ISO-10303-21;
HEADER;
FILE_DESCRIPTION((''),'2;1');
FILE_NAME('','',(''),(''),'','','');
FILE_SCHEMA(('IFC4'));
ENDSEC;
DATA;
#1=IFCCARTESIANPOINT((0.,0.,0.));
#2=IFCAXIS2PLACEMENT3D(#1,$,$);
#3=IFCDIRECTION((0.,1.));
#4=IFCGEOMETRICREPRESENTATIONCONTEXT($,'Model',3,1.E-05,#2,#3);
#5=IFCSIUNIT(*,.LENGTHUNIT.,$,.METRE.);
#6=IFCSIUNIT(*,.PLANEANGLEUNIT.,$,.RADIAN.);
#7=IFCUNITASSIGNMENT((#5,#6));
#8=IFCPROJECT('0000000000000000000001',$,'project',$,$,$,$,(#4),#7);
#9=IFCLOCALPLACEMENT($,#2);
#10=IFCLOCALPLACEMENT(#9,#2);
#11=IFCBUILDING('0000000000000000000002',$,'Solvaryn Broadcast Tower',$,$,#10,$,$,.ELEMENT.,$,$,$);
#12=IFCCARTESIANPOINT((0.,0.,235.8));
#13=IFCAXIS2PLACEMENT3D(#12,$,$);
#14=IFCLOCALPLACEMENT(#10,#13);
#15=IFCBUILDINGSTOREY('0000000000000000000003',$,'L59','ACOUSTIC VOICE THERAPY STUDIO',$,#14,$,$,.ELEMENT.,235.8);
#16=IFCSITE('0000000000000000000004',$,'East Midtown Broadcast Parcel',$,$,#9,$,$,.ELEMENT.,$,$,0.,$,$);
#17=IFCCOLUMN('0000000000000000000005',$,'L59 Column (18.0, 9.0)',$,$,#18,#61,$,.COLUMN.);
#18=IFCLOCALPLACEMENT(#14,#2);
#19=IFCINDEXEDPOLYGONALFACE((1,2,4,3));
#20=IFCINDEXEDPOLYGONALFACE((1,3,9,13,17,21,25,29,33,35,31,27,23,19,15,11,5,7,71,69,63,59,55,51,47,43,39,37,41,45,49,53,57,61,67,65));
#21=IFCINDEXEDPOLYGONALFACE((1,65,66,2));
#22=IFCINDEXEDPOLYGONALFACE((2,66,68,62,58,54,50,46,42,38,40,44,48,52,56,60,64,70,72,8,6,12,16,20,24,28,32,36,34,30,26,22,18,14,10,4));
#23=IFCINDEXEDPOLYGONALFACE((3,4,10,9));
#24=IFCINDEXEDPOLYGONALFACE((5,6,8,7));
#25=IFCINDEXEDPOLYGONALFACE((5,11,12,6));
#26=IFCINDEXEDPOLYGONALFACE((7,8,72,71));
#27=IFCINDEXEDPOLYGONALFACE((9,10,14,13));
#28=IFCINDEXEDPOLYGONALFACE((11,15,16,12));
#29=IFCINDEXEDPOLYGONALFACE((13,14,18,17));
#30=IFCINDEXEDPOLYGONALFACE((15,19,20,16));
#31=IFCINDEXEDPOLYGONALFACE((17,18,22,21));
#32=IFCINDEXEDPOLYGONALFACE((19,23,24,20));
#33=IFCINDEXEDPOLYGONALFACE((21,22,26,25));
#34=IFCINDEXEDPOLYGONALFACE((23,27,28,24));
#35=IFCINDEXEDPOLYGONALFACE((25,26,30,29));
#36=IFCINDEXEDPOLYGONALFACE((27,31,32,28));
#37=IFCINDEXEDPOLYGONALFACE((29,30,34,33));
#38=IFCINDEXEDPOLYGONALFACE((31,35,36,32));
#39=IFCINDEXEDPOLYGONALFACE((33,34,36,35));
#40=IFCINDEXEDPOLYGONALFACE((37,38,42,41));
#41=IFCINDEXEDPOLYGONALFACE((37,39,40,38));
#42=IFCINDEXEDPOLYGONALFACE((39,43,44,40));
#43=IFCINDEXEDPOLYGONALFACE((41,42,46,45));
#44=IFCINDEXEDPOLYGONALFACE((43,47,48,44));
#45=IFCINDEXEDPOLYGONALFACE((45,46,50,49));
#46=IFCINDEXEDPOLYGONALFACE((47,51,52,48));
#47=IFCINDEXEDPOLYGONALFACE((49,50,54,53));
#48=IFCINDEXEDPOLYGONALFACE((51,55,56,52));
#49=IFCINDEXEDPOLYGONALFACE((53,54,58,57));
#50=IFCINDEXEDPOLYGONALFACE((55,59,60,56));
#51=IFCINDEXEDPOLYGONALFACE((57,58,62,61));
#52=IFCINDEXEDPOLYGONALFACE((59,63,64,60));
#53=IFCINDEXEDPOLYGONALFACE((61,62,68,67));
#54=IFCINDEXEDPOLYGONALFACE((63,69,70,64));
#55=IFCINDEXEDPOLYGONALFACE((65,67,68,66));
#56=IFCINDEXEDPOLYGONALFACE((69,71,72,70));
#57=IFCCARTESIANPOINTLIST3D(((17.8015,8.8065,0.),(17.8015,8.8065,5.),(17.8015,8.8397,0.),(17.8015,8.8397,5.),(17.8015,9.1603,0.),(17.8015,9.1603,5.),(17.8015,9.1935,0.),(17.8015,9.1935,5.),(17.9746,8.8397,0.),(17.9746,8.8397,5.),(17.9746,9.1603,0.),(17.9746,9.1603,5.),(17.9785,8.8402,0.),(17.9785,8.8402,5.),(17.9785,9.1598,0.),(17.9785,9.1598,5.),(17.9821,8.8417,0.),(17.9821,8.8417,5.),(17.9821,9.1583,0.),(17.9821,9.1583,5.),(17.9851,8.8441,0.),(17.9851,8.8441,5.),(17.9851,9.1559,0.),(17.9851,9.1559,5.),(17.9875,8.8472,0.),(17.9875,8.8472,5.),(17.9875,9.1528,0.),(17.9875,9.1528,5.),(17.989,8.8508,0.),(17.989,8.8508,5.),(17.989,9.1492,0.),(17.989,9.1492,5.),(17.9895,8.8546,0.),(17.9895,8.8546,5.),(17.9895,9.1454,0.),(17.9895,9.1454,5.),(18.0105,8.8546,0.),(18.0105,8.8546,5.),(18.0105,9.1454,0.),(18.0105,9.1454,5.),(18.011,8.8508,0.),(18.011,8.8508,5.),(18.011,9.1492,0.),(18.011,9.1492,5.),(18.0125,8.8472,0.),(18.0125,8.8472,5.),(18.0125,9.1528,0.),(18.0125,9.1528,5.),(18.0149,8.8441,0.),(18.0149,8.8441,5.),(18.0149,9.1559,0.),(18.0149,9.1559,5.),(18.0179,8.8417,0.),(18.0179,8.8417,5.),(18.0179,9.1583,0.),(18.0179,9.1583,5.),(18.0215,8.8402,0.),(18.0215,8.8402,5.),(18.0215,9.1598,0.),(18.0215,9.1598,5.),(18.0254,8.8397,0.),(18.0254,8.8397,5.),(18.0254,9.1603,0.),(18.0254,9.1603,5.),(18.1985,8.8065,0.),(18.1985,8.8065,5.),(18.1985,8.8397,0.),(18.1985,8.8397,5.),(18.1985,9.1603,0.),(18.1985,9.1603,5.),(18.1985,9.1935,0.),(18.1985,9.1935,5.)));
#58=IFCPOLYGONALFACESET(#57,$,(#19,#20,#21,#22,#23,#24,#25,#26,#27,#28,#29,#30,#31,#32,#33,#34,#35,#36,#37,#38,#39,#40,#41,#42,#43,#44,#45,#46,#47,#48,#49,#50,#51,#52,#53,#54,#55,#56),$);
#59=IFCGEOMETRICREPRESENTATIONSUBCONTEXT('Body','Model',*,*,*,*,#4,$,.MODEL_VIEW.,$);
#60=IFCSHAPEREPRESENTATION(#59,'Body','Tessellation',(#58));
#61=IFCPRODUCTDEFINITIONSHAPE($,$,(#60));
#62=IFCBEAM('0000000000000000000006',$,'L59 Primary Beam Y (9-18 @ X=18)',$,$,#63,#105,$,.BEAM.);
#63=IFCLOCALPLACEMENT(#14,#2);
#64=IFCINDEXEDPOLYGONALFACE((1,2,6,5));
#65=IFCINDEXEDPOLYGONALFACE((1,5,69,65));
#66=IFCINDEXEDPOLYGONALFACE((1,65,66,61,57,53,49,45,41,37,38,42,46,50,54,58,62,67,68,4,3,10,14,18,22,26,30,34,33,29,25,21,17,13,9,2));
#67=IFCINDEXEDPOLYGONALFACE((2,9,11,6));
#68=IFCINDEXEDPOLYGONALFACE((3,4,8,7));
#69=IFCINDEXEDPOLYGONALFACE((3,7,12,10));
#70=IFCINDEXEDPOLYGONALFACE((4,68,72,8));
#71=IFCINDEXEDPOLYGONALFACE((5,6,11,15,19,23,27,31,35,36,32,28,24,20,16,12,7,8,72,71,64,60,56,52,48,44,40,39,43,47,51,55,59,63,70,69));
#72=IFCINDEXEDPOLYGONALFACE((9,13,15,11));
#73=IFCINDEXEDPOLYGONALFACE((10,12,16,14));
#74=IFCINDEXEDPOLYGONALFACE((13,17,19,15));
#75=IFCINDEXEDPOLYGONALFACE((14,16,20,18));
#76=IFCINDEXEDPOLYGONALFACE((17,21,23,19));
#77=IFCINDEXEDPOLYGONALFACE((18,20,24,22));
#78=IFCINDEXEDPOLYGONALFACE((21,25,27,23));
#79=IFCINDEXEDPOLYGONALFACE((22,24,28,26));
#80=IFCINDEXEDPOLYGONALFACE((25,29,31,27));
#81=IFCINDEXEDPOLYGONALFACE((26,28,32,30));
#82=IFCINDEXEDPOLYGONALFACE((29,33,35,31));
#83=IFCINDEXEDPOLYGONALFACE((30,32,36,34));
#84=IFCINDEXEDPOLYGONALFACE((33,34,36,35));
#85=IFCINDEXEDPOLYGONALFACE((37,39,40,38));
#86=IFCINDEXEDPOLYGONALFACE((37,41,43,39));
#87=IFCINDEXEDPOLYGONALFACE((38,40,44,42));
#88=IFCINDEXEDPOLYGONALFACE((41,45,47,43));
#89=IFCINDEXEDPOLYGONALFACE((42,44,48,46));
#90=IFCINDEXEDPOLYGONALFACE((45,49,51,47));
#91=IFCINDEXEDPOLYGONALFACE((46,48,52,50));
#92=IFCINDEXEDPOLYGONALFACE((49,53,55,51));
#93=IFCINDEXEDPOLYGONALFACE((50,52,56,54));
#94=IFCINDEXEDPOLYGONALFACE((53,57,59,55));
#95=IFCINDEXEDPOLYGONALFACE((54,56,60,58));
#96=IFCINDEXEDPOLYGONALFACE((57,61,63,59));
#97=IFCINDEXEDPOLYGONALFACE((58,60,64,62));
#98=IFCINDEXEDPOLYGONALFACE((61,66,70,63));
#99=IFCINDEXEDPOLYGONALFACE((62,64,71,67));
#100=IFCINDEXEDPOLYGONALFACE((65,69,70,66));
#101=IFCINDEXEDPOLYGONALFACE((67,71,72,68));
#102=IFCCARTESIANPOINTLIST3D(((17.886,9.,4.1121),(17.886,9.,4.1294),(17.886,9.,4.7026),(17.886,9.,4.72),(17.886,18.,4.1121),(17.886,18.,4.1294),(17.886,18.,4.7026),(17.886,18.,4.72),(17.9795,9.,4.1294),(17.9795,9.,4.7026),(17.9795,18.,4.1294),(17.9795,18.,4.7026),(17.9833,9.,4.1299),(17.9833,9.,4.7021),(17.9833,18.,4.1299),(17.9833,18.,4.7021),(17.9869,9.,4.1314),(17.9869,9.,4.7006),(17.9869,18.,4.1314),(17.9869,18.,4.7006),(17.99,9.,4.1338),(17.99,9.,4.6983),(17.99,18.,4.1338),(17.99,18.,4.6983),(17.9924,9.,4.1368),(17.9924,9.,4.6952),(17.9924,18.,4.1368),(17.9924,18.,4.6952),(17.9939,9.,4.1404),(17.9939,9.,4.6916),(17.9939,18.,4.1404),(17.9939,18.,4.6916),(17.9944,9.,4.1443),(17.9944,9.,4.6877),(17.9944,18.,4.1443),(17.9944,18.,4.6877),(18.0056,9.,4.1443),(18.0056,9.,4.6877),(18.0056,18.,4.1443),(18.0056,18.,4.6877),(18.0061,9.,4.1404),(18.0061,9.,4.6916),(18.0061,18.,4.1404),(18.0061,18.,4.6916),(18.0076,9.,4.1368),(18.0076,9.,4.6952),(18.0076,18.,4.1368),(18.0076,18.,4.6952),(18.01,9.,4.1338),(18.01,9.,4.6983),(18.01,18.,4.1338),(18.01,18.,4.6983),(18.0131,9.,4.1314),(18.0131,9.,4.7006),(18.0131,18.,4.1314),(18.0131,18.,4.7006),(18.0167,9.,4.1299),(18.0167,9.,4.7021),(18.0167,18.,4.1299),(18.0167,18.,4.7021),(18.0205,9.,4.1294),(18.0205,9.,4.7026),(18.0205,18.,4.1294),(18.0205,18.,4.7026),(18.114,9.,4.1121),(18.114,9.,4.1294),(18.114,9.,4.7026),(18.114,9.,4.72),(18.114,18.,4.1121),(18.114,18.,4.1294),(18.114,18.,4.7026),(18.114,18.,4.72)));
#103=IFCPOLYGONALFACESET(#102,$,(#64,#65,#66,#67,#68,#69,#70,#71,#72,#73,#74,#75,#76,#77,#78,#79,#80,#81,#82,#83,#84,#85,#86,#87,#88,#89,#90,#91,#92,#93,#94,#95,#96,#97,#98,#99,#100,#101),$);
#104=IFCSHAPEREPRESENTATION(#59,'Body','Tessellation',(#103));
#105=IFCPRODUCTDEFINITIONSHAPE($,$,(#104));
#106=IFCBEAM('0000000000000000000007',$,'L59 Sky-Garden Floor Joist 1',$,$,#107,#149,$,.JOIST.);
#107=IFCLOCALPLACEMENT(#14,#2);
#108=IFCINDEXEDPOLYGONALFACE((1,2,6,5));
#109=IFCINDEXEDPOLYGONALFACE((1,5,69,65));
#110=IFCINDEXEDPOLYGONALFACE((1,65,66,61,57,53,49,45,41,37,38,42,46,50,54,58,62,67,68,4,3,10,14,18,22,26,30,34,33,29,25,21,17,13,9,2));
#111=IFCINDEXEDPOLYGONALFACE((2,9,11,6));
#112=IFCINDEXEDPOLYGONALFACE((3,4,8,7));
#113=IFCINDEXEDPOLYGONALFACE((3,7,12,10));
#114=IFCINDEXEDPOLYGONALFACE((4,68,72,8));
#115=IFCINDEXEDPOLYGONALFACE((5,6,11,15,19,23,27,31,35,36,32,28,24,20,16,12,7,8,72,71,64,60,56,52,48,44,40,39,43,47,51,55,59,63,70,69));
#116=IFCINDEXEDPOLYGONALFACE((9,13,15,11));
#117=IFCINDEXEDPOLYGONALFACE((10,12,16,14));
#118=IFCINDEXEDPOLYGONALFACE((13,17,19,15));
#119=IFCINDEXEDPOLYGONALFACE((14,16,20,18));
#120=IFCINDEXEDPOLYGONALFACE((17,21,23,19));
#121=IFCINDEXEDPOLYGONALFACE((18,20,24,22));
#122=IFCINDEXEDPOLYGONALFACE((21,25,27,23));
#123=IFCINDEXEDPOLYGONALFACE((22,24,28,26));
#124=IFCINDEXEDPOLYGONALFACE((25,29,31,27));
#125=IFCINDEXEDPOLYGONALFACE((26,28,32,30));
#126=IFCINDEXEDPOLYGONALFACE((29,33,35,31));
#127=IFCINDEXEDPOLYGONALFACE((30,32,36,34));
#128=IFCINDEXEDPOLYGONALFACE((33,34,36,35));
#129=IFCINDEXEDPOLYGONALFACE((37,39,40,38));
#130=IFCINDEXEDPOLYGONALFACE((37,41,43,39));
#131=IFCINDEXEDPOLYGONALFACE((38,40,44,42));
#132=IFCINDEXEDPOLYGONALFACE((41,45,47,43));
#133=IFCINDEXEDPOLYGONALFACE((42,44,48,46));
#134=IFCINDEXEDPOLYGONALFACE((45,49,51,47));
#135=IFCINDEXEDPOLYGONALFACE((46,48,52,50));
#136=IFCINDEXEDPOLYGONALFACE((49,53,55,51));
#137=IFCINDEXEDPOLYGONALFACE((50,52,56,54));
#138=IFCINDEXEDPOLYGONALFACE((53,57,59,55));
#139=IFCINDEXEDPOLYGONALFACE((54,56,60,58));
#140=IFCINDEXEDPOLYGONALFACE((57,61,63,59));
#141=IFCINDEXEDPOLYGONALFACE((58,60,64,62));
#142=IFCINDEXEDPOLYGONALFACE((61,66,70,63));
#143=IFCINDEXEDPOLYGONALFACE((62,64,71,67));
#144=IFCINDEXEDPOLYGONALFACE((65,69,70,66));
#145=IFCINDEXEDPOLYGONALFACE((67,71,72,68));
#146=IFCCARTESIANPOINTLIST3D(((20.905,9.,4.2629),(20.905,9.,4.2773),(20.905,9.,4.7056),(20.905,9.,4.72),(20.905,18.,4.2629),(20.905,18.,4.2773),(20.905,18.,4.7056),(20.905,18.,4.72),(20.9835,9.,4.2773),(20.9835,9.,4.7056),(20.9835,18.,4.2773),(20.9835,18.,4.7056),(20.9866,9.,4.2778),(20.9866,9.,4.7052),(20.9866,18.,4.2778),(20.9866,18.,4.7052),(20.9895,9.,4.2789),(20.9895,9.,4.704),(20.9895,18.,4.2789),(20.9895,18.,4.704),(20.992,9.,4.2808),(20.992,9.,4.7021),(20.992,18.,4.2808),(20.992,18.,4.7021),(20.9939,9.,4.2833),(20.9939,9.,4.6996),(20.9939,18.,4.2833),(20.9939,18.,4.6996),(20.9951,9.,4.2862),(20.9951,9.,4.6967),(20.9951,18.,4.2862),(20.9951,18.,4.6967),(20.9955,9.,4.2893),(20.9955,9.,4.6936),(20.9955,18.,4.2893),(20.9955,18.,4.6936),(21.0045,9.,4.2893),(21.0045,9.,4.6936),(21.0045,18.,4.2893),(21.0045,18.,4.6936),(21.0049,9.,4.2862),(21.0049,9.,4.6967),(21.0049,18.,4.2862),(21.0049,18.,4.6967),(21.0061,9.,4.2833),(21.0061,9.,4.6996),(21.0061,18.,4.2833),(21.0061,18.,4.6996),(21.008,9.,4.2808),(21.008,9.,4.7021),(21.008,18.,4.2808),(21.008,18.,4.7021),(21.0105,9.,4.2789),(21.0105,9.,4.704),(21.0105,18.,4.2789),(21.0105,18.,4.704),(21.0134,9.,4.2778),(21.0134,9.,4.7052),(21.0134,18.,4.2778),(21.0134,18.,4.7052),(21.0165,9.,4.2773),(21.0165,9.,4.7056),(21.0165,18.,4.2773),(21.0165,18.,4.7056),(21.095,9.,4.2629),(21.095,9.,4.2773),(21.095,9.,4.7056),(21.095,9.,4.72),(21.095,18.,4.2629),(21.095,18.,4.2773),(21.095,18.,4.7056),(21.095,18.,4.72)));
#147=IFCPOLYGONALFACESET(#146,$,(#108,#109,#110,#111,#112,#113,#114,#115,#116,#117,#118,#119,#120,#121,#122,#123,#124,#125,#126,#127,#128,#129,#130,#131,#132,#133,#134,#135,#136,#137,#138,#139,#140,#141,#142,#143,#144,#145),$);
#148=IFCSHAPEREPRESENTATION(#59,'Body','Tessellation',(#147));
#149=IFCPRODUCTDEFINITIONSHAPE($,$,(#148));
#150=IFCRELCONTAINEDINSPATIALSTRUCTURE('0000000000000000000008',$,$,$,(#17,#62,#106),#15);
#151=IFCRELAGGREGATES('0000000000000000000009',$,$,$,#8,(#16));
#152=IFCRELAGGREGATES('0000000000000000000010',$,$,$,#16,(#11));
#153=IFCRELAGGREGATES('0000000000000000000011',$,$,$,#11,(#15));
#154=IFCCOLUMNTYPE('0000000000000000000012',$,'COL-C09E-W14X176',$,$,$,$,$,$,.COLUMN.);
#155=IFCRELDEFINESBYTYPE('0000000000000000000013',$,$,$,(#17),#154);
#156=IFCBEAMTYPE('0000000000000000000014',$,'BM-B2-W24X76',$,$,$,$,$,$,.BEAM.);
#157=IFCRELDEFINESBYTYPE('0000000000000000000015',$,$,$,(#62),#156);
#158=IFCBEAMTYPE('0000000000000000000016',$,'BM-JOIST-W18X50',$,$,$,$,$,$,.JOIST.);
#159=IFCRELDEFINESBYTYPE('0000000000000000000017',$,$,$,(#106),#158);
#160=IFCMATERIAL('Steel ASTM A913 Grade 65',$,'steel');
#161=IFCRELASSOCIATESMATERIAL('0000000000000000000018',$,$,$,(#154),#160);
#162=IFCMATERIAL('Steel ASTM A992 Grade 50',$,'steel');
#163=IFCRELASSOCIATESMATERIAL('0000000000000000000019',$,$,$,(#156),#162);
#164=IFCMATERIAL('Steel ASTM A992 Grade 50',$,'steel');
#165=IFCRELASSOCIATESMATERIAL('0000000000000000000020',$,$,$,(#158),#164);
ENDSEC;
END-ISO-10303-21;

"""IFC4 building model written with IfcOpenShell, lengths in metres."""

from ifc_helpers import new_model, si_unit, direction, frame, origin, origin_2d, place, context, subcontext, project, spatial, i_section, extrude, material, material_profile, profile_set, type_object, element, save


model = new_model("IFC4")

# Units and contexts
model_context = context("Model", 3, precision=1e-05, world=origin(), true_north=direction((0.0, 1.0)))
body_context = subcontext(model_context, "Body", "Model", "MODEL_VIEW")
ifc_project = project(units=[si_unit("LENGTHUNIT", "METRE"), si_unit("PLANEANGLEUNIT", "RADIAN")], contexts=[model_context])

# Site, building, storey
site_placement = place(None, origin())
site = spatial("IfcSite", under=ifc_project, at=site_placement, Name="East Midtown Broadcast Parcel", CompositionType="ELEMENT", RefElevation=0.0)
building_placement = place(site_placement, origin())
building = spatial("IfcBuilding", under=site, at=building_placement, Name="Solvaryn Broadcast Tower", CompositionType="ELEMENT")
storey_placement = place(building_placement, frame((0.0, 0.0, 235.8)))
storey = spatial("IfcBuildingStorey", under=building, at=storey_placement, Name="L59", Description="ACOUSTIC VOICE THERAPY STUDIO", CompositionType="ELEMENT", Elevation=235.8)

# Column
ifc_material_1 = material(Name="Steel ASTM A913 Grade 65", Category="steel")
ifc_material_profile_1 = material_profile(ifc_material_1, i_section(OverallWidth=0.397, OverallDepth=0.387, WebThickness=0.021, FlangeThickness=0.0332, FilletRadius=0.0149, at=origin_2d()))
ifc_profile_set_1 = profile_set([ifc_material_profile_1], Name="Steel ASTM A913 Grade 65")
column_type = type_object("IfcColumnType", Name="COL-C09E-W14X176", PredefinedType="COLUMN", material=ifc_profile_set_1)
column_placement = place(storey_placement, frame((18.0, 9.0, 0.0), z_axis=(0.0, 0.0, 1.0), x_axis=(1.0, 0.0, 0.0)))
element("IfcColumn", 1, at=column_placement, inside=storey, type_object=column_type, Name="L59 Column (18.0, 9.0)", PredefinedType="COLUMN", context=body_context, shape_type="SweptSolid", body=[
    extrude(i_section(OverallWidth=0.397, OverallDepth=0.387, WebThickness=0.021, FlangeThickness=0.0332, FilletRadius=0.0149, at=origin_2d()), origin(), (0.0, 0.0, 1.0), 5.0),
])

# Beams
ifc_material_2 = material(Name="Steel ASTM A992 Grade 50", Category="steel")
ifc_material_profile_2 = material_profile(ifc_material_2, i_section(OverallWidth=0.228, OverallDepth=0.6079, WebThickness=0.0112, FlangeThickness=0.0173, FilletRadius=0.0149, at=origin_2d()))
ifc_profile_set_2 = profile_set([ifc_material_profile_2], Name="Steel ASTM A992 Grade 50")
beam_type_1 = type_object("IfcBeamType", Name="BM-B2-W24X76", PredefinedType="BEAM", material=ifc_profile_set_2)
beam_1_placement = place(storey_placement, frame((18.0, 9.0, 4.416), z_axis=(0.0, 1.0, 0.0), x_axis=(-1.0, 0.0, 0.0)))
element("IfcBeam", 2, at=beam_1_placement, inside=storey, type_object=beam_type_1, Name="L59 Primary Beam Y (9-18 @ X=18)", PredefinedType="BEAM", context=body_context, shape_type="SweptSolid", body=[
    extrude(i_section(OverallWidth=0.228, OverallDepth=0.6079, WebThickness=0.0112, FlangeThickness=0.0173, FilletRadius=0.0149, at=origin_2d()), origin(), (0.0, 0.0, 1.0), 9.0),
])
ifc_material_3 = material(Name="Steel ASTM A992 Grade 50", Category="steel")
ifc_material_profile_3 = material_profile(ifc_material_3, i_section(OverallWidth=0.1899, OverallDepth=0.457, WebThickness=0.009, FlangeThickness=0.0144, FilletRadius=0.012, at=origin_2d()))
ifc_profile_set_3 = profile_set([ifc_material_profile_3], Name="Steel ASTM A992 Grade 50")
beam_type_2 = type_object("IfcBeamType", Name="BM-JOIST-W18X50", PredefinedType="JOIST", material=ifc_profile_set_3)
beam_2_placement = place(storey_placement, frame((21.0, 9.0, 4.4915), z_axis=(0.0, 1.0, 0.0), x_axis=(-1.0, 0.0, 0.0)))
element("IfcBeam", 3, at=beam_2_placement, inside=storey, type_object=beam_type_2, Name="L59 Sky-Garden Floor Joist 1", PredefinedType="JOIST", context=body_context, shape_type="SweptSolid", body=[
    extrude(i_section(OverallWidth=0.1899, OverallDepth=0.457, WebThickness=0.009, FlangeThickness=0.0144, FilletRadius=0.012, at=origin_2d()), origin(), (0.0, 0.0, 1.0), 9.0),
])

save(model, "model.ifc")
